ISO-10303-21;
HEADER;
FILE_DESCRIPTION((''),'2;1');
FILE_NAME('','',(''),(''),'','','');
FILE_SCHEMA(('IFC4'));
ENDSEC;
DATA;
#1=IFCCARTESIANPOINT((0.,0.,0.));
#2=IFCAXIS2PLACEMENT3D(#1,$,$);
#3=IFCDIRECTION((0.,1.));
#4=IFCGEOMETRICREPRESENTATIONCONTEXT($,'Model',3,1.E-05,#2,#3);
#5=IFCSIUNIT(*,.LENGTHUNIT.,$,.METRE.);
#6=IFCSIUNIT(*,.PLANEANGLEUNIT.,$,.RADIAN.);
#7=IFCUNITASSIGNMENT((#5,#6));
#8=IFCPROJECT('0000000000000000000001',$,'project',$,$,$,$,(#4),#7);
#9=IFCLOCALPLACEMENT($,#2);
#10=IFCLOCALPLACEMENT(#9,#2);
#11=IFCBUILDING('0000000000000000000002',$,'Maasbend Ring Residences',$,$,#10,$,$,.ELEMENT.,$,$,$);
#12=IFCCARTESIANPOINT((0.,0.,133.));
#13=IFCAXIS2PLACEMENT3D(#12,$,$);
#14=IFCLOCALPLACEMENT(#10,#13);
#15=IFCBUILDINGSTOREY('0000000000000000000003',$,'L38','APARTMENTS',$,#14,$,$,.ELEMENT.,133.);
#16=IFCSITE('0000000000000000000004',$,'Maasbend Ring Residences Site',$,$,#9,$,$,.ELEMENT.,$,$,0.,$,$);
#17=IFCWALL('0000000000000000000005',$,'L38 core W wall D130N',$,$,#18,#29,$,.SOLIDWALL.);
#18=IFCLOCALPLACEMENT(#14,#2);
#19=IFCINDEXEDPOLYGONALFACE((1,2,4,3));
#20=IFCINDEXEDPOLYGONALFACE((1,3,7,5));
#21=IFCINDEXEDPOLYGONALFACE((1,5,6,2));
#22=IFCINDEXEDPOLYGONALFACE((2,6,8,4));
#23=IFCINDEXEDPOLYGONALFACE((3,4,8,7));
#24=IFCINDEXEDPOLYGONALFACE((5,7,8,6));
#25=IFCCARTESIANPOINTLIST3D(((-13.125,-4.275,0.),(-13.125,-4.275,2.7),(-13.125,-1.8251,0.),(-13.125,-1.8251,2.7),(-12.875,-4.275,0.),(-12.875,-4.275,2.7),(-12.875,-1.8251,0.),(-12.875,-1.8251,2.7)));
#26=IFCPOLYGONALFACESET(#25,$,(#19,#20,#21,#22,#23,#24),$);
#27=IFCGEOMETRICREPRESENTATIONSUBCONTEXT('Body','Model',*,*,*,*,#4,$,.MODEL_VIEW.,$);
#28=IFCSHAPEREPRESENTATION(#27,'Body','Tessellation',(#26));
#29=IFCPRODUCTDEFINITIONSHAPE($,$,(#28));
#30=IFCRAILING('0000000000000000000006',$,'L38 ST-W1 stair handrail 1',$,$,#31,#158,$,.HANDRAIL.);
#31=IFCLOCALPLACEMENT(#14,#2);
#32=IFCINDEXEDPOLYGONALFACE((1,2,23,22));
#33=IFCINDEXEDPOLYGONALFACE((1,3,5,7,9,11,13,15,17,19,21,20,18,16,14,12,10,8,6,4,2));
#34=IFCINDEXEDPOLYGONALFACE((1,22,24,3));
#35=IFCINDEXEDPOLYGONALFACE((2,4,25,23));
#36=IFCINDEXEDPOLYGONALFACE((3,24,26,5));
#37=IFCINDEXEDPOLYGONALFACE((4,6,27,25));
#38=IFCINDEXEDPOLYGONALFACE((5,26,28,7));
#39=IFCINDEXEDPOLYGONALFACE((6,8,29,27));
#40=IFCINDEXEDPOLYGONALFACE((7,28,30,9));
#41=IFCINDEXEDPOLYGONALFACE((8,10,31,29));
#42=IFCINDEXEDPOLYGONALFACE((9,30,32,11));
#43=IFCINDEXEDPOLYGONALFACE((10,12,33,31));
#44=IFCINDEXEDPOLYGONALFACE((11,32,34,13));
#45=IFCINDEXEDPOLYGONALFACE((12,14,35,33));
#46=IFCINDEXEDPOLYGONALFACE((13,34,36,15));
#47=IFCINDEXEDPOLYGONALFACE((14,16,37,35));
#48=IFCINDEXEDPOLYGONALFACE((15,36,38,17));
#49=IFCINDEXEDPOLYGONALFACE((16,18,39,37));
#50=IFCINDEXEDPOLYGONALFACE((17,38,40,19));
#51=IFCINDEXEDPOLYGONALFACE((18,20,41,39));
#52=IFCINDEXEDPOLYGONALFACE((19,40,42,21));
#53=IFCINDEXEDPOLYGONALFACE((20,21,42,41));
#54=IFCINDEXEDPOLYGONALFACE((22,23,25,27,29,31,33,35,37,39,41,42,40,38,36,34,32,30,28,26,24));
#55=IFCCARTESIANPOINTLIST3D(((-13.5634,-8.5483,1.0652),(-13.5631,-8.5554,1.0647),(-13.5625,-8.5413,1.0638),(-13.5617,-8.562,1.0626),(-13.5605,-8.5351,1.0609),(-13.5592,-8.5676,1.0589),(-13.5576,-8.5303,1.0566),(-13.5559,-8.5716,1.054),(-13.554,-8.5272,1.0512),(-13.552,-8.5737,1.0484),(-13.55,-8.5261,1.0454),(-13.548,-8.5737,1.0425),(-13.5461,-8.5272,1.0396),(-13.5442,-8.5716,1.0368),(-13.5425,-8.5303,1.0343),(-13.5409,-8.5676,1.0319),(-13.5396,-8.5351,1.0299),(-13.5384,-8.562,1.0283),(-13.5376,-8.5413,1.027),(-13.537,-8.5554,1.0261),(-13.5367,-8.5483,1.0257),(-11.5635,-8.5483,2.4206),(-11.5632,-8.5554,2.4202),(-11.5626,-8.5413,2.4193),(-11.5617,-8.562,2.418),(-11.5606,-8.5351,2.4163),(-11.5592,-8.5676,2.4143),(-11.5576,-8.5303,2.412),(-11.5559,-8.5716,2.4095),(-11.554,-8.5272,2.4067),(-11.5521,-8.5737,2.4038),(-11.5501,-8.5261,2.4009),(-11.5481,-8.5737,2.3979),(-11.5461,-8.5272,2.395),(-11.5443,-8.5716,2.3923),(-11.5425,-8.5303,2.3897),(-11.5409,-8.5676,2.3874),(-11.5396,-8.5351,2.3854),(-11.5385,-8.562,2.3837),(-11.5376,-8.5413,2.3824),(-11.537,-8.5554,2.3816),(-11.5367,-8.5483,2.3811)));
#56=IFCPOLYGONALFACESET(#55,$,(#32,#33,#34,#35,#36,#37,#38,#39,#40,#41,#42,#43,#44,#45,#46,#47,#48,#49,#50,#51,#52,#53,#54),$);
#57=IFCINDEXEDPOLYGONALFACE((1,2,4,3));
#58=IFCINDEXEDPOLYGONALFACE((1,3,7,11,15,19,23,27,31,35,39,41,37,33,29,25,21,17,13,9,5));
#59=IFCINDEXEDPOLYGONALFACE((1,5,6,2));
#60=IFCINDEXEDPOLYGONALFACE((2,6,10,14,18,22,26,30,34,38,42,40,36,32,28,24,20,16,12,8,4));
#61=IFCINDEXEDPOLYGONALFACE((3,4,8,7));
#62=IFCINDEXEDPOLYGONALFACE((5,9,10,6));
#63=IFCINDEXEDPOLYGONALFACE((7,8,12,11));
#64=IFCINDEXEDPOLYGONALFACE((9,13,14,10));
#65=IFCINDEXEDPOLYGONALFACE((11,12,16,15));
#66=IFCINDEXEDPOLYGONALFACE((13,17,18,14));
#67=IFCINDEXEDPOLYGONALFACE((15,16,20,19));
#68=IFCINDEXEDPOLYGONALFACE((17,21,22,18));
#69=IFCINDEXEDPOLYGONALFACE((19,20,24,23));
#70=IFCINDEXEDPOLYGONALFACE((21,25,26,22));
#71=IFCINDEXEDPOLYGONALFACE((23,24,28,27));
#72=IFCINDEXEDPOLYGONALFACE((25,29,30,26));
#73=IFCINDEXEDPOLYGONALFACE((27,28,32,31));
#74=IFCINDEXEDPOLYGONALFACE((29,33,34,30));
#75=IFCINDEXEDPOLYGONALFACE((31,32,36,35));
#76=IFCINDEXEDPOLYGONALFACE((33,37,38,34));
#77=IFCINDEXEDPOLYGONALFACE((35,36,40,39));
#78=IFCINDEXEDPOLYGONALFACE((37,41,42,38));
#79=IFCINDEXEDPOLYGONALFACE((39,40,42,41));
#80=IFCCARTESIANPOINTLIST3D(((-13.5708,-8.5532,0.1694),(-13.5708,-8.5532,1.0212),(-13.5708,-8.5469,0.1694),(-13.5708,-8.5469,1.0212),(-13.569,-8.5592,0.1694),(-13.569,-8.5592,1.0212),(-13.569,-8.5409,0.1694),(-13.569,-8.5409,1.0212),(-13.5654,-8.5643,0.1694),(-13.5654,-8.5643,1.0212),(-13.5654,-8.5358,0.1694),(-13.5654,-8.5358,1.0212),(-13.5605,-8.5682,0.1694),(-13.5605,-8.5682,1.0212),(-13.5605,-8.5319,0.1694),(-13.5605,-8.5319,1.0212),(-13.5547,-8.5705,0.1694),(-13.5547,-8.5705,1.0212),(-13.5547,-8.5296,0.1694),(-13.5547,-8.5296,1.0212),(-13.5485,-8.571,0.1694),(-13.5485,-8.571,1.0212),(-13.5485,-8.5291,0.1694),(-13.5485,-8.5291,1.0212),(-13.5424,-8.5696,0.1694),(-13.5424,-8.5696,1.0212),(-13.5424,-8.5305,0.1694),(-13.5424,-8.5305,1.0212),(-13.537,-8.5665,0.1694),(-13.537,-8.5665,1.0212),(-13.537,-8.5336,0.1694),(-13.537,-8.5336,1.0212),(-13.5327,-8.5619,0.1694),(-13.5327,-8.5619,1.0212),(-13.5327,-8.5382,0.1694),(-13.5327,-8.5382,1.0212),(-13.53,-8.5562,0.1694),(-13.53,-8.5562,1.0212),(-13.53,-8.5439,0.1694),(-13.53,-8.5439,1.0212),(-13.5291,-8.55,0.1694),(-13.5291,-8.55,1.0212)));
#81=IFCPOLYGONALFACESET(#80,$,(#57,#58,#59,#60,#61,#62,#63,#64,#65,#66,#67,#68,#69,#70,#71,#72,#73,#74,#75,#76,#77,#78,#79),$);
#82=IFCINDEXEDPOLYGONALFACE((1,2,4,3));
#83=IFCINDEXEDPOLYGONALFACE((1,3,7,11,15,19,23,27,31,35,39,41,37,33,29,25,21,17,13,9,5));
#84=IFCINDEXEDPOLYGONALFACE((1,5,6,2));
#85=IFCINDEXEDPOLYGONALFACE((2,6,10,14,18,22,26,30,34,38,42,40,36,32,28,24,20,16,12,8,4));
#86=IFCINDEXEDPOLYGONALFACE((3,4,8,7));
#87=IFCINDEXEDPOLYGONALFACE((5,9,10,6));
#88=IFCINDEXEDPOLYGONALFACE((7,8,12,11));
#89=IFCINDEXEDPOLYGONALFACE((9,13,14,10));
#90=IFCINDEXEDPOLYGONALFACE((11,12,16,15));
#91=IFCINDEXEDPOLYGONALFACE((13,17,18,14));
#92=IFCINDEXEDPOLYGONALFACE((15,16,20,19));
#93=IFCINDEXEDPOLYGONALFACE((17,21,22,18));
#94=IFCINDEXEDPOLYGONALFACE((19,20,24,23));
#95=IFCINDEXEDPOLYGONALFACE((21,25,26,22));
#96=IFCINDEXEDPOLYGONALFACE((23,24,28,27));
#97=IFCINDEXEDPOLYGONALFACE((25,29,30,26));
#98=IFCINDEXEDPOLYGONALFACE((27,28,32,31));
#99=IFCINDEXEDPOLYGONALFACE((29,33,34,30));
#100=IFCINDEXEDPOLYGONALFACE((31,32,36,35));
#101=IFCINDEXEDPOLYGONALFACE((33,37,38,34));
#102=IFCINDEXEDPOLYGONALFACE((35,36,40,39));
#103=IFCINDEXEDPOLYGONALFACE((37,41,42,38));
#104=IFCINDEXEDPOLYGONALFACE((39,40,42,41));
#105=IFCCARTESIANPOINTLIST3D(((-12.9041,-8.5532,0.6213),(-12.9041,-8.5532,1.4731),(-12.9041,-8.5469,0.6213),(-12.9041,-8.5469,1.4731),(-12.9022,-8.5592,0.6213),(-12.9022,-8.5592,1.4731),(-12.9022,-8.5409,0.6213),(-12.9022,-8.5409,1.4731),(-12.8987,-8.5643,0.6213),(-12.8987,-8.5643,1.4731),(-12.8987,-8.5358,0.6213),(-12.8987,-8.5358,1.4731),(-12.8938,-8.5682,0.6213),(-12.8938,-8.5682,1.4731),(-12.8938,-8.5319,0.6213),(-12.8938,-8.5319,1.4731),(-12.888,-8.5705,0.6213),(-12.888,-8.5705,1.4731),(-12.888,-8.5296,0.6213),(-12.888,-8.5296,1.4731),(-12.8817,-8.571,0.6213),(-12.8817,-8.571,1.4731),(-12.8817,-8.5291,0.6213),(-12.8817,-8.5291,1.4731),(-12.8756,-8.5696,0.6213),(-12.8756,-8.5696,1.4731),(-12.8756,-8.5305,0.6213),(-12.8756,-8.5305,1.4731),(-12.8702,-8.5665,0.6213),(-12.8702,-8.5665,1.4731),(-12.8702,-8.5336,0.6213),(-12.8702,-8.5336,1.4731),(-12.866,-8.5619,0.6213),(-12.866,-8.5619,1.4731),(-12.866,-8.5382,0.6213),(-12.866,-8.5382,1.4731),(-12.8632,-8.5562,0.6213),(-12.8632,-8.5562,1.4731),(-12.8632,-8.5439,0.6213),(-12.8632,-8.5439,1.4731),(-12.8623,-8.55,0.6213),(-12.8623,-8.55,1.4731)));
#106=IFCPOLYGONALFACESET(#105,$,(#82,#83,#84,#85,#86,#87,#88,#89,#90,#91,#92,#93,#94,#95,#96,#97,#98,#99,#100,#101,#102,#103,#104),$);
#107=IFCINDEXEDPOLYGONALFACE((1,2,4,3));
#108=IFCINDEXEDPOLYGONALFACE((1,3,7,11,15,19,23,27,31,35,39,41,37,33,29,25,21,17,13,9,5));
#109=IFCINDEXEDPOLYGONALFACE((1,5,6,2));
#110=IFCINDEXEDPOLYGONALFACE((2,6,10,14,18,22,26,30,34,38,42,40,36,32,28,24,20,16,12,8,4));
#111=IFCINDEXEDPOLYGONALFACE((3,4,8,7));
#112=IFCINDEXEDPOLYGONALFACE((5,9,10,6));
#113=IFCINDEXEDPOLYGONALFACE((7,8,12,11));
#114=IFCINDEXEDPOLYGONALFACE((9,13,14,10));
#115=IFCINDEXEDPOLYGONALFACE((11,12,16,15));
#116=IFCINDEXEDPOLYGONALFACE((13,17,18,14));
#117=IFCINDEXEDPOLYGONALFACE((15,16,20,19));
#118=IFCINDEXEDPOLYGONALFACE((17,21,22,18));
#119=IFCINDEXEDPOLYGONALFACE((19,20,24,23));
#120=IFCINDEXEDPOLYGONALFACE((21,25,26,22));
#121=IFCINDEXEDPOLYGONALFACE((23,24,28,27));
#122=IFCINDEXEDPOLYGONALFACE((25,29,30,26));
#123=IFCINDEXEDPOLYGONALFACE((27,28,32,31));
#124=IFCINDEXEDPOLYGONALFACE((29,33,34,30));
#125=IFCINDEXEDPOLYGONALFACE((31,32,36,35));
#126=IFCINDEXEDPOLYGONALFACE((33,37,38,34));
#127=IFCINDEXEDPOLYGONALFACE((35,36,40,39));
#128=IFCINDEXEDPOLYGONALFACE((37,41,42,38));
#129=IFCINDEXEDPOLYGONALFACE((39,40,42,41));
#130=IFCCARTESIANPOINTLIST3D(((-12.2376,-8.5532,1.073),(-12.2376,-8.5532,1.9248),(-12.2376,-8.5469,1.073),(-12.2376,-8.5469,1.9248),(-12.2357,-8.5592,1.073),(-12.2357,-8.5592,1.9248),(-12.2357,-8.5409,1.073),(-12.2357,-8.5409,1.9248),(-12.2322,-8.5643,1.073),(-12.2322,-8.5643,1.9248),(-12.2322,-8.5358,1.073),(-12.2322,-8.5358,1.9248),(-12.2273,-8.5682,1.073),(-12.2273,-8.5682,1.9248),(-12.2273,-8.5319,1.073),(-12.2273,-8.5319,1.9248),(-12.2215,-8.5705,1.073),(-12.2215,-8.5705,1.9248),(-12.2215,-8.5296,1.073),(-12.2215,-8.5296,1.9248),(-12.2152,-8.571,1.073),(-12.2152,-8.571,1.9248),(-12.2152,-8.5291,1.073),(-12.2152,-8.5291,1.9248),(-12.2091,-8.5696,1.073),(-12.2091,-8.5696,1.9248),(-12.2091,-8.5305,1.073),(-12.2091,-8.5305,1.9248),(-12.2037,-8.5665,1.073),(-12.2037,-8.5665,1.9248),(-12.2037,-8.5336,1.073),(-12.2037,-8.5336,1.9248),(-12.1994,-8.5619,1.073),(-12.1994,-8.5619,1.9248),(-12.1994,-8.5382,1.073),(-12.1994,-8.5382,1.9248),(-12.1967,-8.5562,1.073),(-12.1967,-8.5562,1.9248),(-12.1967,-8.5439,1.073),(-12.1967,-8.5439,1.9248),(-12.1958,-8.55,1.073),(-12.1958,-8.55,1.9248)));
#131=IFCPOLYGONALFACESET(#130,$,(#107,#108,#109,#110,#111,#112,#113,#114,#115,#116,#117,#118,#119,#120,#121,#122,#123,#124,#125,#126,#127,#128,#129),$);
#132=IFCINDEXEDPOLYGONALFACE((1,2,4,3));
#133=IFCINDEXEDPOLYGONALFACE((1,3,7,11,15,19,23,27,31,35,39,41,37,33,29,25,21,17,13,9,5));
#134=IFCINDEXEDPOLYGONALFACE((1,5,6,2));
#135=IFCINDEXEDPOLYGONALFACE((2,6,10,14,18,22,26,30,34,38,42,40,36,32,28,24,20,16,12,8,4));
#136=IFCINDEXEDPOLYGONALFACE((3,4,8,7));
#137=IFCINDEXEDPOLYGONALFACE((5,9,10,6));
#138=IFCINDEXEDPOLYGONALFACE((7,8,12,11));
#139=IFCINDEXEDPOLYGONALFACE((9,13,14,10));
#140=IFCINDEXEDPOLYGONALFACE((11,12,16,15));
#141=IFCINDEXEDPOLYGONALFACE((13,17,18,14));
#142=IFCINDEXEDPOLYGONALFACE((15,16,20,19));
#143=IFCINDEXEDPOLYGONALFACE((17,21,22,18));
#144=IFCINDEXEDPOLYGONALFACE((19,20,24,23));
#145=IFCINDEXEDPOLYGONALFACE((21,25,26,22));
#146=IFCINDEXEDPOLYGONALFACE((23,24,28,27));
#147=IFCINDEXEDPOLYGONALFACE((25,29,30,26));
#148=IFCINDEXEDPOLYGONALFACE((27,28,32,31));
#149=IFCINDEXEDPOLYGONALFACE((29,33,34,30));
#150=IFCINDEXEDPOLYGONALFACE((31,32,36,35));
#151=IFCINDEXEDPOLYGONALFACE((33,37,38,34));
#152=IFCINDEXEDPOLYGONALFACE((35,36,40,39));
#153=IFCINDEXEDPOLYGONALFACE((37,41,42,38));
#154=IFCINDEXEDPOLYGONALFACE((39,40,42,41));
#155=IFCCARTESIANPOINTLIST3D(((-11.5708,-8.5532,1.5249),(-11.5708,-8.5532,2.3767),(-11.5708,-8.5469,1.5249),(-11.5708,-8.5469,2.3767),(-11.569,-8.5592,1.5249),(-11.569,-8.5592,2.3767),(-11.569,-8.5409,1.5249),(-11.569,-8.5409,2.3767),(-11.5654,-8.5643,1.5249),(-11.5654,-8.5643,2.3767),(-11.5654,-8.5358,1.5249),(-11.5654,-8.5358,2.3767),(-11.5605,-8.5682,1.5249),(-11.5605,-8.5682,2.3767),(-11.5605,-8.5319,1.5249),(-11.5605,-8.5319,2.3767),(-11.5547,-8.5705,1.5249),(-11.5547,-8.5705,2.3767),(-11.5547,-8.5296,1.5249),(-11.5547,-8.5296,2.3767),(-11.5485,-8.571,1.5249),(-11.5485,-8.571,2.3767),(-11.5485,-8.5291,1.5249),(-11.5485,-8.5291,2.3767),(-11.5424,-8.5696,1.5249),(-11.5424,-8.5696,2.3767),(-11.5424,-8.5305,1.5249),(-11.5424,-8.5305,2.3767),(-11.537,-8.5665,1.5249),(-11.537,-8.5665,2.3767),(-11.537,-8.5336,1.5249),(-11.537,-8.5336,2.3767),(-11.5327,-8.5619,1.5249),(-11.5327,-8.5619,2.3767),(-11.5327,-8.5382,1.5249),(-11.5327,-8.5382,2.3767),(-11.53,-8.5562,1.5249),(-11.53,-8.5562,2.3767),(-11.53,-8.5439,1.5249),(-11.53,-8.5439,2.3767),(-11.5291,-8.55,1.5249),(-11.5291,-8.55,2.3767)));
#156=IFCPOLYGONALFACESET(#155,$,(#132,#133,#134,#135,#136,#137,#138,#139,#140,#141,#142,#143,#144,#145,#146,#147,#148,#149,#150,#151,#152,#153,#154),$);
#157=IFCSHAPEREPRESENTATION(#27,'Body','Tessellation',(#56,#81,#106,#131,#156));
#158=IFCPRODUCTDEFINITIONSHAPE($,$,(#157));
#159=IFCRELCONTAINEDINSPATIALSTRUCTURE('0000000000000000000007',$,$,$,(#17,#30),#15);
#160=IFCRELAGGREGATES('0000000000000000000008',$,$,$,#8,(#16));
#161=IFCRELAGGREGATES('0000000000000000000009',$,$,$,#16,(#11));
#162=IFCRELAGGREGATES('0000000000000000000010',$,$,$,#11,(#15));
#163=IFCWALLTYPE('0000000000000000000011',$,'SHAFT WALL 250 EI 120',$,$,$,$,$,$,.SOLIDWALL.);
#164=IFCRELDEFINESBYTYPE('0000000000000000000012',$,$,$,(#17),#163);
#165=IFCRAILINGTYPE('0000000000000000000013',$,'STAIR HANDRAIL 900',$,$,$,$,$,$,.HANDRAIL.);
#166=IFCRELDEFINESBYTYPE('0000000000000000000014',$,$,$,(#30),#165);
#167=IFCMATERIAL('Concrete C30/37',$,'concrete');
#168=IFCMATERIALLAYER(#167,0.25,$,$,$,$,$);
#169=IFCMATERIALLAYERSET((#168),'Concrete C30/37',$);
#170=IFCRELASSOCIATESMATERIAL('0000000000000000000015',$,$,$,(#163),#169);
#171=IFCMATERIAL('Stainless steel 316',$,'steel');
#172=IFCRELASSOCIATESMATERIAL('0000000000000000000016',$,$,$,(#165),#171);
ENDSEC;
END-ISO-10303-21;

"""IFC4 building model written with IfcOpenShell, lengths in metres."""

from ifc_helpers import new_model, si_unit, direction, frame, frame_2d, origin, origin_2d, place, context, subcontext, project, spatial, rectangle, circle, extrude, material, layer, layer_set, type_object, element, save


model = new_model("IFC4")

# Units and contexts
model_context = context("Model", 3, precision=1e-05, world=origin(), true_north=direction((0.0, 1.0)))
body_context = subcontext(model_context, "Body", "Model", "MODEL_VIEW")
ifc_project = project(units=[si_unit("LENGTHUNIT", "METRE"), si_unit("PLANEANGLEUNIT", "RADIAN")], contexts=[model_context])

# Site, building, storey
site_placement = place(None, origin())
site = spatial("IfcSite", under=ifc_project, at=site_placement, Name="Maasbend Ring Residences Site", CompositionType="ELEMENT", RefElevation=0.0)
building_placement = place(site_placement, origin())
building = spatial("IfcBuilding", under=site, at=building_placement, Name="Maasbend Ring Residences", CompositionType="ELEMENT")
storey_placement = place(building_placement, frame((0.0, 0.0, 133.0)))
storey = spatial("IfcBuildingStorey", under=building, at=storey_placement, Name="L38", Description="APARTMENTS", CompositionType="ELEMENT", Elevation=133.0)

# Wall
ifc_material_1 = material(Name="Concrete C30/37", Category="concrete")
ifc_layer_1 = layer(ifc_material_1, 0.25)
ifc_layer_set_1 = layer_set([ifc_layer_1], Name="Concrete C30/37")
wall_type_1 = type_object("IfcWallType", Name="SHAFT WALL 250 EI 120", PredefinedType="SOLIDWALL", material=ifc_layer_set_1)
for number, where, z_axis, x_axis, name in (
    (1, (-13.0, -1.825, 0.0), (0.0, 0.0, 1.0), (0.0, -1.0, 0.0), "L38 core W wall D130N"),
):
    element("IfcWall", number, at=place(storey_placement, frame(where, z_axis=z_axis, x_axis=x_axis)), inside=storey, type_object=wall_type_1, Name=name, PredefinedType="SOLIDWALL", context=body_context, shape_type="SweptSolid", body=[
        extrude(rectangle(XDim=2.45, YDim=0.25, at=frame_2d((1.2251, 0.0))), origin(), (0.0, 0.0, 1.0), 2.7),
    ])

# Railing
ifc_material_2 = material(Name="Stainless steel 316", Category="steel")
railing_type_1 = type_object("IfcRailingType", Name="STAIR HANDRAIL 900", PredefinedType="HANDRAIL", material=ifc_material_2)
railing_1_placement = place(storey_placement, frame((-13.55, -8.55, 0.1694)))
element("IfcRailing", 2, at=railing_1_placement, inside=storey, type_object=railing_type_1, Name="L38 ST-W1 stair handrail 1", PredefinedType="HANDRAIL", context=body_context, shape_type="SweptSolid", body=[
    extrude(circle(Radius=0.0239, at=origin_2d()), frame((0.0, 0.0, 0.876), z_axis=(0.827798, 0.0, 0.561027), x_axis=(0.0, 1.0, 0.0)), (0.0, 0.0, 1.0), 2.416),
    extrude(circle(Radius=0.021, at=origin_2d()), origin(), (0.0, 0.0, 1.0), 0.8518),
    extrude(circle(Radius=0.021, at=origin_2d()), frame((0.6667, 0.0, 0.4519)), (0.0, 0.0, 1.0), 0.8518),
    extrude(circle(Radius=0.021, at=origin_2d()), frame((1.3333, 0.0, 0.9036)), (0.0, 0.0, 1.0), 0.8518),
    extrude(circle(Radius=0.021, at=origin_2d()), frame((2.0, 0.0, 1.3555)), (0.0, 0.0, 1.0), 0.8518),
])

save(model, "model.ifc")
